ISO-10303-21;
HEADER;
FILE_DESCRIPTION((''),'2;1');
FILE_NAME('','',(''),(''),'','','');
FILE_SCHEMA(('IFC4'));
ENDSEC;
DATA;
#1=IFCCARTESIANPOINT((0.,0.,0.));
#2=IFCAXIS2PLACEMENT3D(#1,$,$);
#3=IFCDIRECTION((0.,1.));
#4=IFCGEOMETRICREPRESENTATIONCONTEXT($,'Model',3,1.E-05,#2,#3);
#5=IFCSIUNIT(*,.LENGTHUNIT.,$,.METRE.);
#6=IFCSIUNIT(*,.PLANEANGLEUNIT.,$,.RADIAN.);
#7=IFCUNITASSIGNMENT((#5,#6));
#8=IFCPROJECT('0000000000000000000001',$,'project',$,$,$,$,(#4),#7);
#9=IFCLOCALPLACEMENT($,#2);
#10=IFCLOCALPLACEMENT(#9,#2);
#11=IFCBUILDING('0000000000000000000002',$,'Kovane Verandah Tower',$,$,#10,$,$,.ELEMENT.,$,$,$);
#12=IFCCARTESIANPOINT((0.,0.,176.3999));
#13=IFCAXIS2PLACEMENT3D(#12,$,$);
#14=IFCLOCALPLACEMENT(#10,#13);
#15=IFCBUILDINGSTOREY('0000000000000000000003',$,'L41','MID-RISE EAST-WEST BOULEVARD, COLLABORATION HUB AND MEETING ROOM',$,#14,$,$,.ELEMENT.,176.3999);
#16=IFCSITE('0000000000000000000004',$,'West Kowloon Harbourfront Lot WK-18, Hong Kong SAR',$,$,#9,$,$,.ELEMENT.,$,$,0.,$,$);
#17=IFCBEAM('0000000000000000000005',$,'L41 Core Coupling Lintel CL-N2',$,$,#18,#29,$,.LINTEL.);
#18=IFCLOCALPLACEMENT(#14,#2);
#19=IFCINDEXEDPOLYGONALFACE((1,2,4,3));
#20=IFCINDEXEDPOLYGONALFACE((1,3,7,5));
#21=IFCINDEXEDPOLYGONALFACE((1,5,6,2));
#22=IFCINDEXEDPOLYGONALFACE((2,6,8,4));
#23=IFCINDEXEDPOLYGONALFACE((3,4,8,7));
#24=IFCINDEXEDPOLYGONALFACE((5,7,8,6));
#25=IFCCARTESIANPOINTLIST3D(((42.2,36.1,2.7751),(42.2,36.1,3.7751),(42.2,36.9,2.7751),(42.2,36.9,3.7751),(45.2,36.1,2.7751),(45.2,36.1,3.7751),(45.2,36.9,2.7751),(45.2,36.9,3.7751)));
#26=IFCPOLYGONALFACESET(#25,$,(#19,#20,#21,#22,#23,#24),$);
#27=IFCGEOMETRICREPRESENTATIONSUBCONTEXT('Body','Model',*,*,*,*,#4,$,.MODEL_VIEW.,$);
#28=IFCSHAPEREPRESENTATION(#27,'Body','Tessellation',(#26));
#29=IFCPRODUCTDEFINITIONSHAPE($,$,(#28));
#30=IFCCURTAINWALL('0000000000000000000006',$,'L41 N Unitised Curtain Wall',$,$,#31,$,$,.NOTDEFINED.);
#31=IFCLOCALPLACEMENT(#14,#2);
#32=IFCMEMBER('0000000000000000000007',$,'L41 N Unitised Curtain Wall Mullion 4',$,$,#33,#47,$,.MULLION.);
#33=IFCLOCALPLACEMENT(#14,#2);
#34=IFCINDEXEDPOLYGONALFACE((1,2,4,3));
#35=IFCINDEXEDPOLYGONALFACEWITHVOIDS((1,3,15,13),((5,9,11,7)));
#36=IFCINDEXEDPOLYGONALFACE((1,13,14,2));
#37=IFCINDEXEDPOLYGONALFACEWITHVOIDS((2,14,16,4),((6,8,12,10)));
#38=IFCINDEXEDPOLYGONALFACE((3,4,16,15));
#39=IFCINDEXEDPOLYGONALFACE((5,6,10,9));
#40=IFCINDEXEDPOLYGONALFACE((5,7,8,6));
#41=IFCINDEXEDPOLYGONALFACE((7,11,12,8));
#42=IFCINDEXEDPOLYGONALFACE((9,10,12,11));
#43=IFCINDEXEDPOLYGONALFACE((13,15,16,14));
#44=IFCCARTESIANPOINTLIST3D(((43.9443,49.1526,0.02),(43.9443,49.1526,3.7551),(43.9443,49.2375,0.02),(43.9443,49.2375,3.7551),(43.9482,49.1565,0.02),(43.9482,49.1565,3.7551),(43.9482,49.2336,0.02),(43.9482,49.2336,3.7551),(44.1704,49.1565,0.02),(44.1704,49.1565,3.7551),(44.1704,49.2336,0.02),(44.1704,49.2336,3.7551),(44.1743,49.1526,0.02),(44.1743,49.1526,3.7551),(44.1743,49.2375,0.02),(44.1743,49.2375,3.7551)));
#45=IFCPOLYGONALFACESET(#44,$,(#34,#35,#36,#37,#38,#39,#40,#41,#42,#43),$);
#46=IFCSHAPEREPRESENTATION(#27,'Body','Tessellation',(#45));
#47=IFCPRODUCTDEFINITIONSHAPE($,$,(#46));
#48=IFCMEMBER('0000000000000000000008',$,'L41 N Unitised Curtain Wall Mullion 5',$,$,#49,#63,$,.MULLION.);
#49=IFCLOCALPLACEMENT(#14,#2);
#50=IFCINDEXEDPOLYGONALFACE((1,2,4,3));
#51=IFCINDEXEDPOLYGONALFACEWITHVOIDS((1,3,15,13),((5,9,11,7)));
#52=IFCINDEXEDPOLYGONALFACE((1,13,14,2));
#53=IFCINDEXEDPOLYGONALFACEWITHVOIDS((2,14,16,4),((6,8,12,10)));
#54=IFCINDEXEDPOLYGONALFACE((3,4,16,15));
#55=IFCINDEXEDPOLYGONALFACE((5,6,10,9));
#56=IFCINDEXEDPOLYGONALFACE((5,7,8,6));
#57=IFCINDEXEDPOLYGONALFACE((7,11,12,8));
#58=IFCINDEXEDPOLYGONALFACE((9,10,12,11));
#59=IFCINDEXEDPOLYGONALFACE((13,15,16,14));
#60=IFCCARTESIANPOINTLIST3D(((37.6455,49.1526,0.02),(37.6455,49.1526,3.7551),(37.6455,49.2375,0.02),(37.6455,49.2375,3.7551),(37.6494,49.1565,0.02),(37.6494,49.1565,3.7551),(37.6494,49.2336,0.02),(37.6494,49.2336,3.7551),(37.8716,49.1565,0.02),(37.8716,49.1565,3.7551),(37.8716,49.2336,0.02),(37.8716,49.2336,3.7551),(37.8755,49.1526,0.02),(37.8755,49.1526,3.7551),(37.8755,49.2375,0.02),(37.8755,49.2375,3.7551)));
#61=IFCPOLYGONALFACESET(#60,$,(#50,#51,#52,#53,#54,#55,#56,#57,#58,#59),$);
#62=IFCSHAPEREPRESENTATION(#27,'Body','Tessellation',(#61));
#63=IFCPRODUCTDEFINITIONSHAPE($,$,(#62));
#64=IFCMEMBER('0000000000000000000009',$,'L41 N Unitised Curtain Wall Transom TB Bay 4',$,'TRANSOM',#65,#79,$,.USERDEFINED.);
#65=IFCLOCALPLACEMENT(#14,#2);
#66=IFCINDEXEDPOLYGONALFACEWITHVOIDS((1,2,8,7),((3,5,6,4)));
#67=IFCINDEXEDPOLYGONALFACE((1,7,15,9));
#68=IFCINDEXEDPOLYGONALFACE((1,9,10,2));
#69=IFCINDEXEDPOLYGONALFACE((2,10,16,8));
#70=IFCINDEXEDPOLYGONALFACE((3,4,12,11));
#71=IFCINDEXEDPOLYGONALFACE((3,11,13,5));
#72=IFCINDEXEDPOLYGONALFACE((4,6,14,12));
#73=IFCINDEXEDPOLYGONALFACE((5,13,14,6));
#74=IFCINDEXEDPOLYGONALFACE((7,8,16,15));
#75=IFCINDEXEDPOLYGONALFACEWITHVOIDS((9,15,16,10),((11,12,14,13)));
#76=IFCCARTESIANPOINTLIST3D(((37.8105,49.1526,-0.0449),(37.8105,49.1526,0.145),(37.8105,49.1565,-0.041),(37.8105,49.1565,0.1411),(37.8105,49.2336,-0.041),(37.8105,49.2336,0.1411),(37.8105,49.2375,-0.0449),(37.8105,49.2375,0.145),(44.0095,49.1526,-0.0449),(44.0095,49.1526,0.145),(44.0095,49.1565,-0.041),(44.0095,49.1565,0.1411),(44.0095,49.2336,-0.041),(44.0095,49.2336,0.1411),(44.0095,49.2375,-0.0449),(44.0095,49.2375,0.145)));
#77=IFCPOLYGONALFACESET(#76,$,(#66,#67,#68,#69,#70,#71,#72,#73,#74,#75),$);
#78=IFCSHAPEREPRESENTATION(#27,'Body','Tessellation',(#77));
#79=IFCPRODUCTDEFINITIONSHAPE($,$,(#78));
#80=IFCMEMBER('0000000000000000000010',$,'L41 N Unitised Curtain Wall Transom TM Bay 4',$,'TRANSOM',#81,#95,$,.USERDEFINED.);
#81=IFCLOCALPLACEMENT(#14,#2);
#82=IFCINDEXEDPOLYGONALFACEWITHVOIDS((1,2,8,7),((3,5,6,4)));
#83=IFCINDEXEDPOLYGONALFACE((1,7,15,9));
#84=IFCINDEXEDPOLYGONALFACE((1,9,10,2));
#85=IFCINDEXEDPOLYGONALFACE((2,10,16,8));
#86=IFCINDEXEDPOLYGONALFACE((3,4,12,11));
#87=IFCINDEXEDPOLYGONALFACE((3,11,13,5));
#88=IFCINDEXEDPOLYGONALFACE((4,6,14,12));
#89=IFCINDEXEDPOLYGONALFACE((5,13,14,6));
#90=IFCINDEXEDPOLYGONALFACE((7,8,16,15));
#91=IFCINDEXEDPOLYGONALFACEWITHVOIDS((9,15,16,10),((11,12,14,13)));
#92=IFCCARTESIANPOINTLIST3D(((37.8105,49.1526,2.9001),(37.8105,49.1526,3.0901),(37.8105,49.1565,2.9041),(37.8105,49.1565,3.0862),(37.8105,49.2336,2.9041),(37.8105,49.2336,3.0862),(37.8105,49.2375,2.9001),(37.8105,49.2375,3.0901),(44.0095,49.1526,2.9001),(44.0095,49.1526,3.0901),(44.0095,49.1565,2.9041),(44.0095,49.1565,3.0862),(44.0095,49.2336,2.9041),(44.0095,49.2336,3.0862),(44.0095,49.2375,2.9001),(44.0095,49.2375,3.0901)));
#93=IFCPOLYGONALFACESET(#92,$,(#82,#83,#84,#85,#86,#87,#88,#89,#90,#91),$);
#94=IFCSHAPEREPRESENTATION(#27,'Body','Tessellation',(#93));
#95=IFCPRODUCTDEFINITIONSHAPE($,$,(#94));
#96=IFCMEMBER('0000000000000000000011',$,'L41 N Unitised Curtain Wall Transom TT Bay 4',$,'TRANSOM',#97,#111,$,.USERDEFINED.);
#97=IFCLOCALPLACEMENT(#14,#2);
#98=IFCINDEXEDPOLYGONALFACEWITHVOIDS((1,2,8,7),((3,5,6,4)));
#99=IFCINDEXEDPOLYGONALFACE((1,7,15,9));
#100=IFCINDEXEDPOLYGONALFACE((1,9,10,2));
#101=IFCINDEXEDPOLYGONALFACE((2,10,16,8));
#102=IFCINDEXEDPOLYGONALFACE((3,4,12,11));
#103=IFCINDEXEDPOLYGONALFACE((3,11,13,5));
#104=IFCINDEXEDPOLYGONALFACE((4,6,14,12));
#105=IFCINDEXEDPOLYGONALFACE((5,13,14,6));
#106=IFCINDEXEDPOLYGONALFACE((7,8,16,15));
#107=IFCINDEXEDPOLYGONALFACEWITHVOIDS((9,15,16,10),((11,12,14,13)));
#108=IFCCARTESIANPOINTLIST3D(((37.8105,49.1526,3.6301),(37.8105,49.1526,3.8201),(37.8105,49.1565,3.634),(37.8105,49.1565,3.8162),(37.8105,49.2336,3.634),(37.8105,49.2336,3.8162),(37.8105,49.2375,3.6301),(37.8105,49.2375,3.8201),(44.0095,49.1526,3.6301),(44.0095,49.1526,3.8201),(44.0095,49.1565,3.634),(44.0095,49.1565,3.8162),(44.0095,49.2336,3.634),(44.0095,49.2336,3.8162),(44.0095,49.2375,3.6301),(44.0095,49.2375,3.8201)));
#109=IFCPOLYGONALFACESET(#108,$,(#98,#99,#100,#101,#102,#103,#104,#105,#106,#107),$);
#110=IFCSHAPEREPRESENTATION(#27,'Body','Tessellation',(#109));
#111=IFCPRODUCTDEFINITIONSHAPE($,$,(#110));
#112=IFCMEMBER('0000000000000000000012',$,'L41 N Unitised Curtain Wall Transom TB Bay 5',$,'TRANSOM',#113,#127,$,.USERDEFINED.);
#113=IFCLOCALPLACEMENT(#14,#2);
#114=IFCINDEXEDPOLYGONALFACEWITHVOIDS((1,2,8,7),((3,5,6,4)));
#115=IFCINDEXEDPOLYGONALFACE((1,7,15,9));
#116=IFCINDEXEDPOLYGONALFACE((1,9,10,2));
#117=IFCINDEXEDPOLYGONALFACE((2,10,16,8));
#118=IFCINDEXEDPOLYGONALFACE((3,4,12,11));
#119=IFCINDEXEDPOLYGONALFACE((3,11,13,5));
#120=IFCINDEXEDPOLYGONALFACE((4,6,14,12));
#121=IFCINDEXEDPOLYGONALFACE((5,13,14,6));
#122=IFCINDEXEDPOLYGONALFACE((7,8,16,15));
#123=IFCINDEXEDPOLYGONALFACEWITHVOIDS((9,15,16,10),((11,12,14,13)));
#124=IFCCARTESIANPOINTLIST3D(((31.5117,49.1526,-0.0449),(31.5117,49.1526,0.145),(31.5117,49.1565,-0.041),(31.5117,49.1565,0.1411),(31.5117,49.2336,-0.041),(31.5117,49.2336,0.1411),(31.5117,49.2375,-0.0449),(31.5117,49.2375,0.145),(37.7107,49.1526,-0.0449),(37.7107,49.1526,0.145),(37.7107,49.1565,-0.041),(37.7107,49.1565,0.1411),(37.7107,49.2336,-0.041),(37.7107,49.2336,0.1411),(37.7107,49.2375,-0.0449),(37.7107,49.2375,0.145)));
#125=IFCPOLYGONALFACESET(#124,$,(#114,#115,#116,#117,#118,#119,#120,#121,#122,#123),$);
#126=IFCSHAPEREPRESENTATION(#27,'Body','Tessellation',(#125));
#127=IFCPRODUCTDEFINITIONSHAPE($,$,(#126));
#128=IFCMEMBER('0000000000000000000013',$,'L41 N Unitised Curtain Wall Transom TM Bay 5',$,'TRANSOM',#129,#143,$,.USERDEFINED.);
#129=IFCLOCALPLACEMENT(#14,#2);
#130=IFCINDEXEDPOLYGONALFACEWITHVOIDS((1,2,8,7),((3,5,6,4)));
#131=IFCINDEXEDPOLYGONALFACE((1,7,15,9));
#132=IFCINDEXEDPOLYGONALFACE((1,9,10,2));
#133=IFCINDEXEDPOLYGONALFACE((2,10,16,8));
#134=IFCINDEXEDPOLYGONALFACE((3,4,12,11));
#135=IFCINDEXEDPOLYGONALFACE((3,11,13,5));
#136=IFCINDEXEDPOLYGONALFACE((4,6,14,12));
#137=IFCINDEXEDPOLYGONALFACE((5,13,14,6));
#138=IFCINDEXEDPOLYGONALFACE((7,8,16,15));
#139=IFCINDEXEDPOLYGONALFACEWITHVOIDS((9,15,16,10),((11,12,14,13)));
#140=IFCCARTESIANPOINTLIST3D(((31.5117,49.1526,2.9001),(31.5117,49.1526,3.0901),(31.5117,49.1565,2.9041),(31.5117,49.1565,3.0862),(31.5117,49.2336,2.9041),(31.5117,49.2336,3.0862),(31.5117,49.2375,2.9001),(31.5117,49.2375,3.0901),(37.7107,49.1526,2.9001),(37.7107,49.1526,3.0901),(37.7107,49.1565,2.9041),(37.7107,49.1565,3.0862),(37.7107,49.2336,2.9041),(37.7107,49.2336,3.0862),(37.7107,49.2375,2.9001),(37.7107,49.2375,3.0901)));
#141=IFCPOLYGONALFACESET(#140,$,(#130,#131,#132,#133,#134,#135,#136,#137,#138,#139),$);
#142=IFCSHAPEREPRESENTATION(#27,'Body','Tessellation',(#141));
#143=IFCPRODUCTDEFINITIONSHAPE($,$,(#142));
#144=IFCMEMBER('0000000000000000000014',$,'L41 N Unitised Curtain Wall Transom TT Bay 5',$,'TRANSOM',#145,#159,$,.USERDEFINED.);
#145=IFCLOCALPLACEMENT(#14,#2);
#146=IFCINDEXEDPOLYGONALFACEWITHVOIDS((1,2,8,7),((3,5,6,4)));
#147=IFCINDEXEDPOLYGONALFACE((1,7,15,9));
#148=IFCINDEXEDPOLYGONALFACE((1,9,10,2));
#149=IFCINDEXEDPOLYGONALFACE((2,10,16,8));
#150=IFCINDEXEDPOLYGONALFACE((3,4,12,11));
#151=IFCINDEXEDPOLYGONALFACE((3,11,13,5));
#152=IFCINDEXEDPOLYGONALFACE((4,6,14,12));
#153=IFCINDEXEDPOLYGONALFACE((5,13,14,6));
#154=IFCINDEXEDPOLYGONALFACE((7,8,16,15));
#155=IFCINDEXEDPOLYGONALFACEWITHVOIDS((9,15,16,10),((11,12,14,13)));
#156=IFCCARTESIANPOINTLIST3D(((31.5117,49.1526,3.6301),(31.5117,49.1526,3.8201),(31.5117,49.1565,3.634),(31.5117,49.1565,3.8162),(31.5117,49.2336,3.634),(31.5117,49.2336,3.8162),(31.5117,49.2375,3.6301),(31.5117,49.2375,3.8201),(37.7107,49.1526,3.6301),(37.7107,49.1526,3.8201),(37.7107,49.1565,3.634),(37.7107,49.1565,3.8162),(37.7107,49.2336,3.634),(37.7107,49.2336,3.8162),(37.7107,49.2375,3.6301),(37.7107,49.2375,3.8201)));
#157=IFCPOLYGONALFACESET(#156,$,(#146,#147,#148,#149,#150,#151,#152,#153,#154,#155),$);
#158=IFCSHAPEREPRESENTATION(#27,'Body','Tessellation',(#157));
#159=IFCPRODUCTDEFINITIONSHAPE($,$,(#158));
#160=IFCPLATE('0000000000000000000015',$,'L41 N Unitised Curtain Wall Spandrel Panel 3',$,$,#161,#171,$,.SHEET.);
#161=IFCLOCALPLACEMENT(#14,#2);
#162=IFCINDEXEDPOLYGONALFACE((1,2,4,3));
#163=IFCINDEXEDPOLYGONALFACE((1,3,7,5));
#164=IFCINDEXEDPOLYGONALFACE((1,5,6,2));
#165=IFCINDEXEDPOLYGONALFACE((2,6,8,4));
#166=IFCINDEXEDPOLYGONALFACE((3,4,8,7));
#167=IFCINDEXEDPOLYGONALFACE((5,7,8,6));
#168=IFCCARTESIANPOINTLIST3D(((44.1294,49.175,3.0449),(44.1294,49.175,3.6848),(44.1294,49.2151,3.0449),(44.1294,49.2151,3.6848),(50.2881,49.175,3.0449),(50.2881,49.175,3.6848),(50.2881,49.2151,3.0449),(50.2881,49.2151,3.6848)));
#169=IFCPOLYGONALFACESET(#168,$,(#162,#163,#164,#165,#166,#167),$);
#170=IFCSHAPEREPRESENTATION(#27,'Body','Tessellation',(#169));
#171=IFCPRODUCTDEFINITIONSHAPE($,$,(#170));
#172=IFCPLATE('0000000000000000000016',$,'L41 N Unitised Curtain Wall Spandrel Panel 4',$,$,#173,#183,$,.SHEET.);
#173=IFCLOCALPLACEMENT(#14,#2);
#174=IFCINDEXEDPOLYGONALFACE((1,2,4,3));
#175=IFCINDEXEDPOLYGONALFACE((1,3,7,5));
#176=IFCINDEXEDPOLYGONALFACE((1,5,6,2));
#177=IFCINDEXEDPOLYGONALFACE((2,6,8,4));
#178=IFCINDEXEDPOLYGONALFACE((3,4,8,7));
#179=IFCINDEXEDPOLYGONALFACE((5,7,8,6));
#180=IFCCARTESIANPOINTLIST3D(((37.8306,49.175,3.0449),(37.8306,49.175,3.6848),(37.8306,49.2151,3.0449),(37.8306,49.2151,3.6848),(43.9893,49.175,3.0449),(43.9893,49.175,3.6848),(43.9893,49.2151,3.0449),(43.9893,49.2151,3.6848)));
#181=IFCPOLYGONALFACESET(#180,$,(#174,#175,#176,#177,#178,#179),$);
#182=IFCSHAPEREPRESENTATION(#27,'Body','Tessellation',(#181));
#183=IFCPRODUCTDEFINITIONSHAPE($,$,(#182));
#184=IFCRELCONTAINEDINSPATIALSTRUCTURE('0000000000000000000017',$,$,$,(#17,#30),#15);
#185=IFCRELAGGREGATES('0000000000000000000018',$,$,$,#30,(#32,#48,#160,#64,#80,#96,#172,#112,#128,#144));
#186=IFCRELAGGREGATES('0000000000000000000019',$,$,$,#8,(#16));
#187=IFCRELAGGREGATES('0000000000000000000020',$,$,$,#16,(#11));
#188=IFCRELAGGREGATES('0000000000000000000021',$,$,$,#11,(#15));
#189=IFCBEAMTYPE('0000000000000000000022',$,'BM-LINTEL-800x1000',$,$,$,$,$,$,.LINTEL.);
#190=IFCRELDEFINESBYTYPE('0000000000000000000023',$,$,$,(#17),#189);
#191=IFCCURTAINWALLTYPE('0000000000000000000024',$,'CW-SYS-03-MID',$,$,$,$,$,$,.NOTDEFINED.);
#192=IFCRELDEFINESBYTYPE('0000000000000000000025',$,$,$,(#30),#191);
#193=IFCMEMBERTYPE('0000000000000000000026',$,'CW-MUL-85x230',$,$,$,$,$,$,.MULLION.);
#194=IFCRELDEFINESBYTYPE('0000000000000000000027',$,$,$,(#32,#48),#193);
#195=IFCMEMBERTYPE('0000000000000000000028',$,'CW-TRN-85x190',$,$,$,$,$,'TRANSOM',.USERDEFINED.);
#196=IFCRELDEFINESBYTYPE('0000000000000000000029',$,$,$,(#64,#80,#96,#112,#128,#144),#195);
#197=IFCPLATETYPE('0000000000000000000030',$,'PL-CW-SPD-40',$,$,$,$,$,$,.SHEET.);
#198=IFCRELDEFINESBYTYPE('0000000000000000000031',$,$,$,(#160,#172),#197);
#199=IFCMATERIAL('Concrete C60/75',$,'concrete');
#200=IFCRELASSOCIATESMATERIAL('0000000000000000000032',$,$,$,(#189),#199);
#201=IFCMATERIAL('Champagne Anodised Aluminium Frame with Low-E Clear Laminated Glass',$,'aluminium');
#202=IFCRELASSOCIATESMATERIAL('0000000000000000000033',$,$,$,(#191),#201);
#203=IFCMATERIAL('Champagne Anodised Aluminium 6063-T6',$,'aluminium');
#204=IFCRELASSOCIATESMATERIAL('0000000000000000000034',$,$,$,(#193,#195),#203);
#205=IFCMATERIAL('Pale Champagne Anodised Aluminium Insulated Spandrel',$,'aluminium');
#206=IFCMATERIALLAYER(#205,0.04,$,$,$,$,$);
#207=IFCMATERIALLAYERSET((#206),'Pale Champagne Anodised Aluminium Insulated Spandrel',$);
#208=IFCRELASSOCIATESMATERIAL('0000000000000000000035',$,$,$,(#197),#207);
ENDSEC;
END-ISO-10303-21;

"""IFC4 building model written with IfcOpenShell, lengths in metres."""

from ifc_helpers import new_model, si_unit, direction, frame, origin, origin_2d, place, context, subcontext, project, spatial, rectangle, hollow_rectangle, extrude, material, layer, layer_set, material_profile, profile_set, type_object, element, aggregate, save


model = new_model("IFC4")

# Units and contexts
model_context = context("Model", 3, precision=1e-05, world=origin(), true_north=direction((0.0, 1.0)))
body_context = subcontext(model_context, "Body", "Model", "MODEL_VIEW")
ifc_project = project(units=[si_unit("LENGTHUNIT", "METRE"), si_unit("PLANEANGLEUNIT", "RADIAN")], contexts=[model_context])

# Site, building, storey
site_placement = place(None, origin())
site = spatial("IfcSite", under=ifc_project, at=site_placement, Name="West Kowloon Harbourfront Lot WK-18, Hong Kong SAR", CompositionType="ELEMENT", RefElevation=0.0)
building_placement = place(site_placement, origin())
building = spatial("IfcBuilding", under=site, at=building_placement, Name="Kovane Verandah Tower", CompositionType="ELEMENT")
storey_placement = place(building_placement, frame((0.0, 0.0, 176.3999)))
storey = spatial("IfcBuildingStorey", under=building, at=storey_placement, Name="L41", Description="MID-RISE EAST-WEST BOULEVARD, COLLABORATION HUB AND MEETING ROOM", CompositionType="ELEMENT", Elevation=176.3999)

# Beam
ifc_material_1 = material(Name="Concrete C60/75", Category="concrete")
ifc_material_profile_1 = material_profile(ifc_material_1, rectangle(XDim=0.8, YDim=1.0, at=origin_2d()), Name="RCB800x1000")
ifc_profile_set_1 = profile_set([ifc_material_profile_1], Name="Concrete C60/75")
beam_type = type_object("IfcBeamType", Name="BM-LINTEL-800x1000", PredefinedType="LINTEL", material=ifc_profile_set_1)
beam_placement = place(storey_placement, frame((42.2, 36.5, 3.2751), z_axis=(1.0, 0.0, 0.0), x_axis=(0.0, 1.0, 0.0)))
element("IfcBeam", 1, at=beam_placement, inside=storey, type_object=beam_type, Name="L41 Core Coupling Lintel CL-N2", PredefinedType="LINTEL", context=body_context, shape_type="SweptSolid", body=[
    extrude(rectangle(XDim=0.8, YDim=1.0, at=origin_2d()), origin(), (0.0, 0.0, 1.0), 3.0),
])

# Curtain wall, members, plates
ifc_material_2 = material(Name="Champagne Anodised Aluminium Frame with Low-E Clear Laminated Glass", Category="aluminium")
curtain_wall_type = type_object("IfcCurtainWallType", Name="CW-SYS-03-MID", PredefinedType="NOTDEFINED", material=ifc_material_2)
curtain_wall_placement = place(storey_placement, origin())
curtain_wall = element("IfcCurtainWall", 2, at=curtain_wall_placement, inside=storey, type_object=curtain_wall_type, Name="L41 N Unitised Curtain Wall", PredefinedType="NOTDEFINED")
ifc_material_3 = material(Name="Champagne Anodised Aluminium 6063-T6", Category="aluminium")
ifc_material_profile_2 = material_profile(ifc_material_3, hollow_rectangle(XDim=0.085, YDim=0.23, WallThickness=0.0039, at=origin_2d()), Name="AL85x230x4")
ifc_profile_set_2 = profile_set([ifc_material_profile_2], Name="Champagne Anodised Aluminium 6063-T6")
member_type_1 = type_object("IfcMemberType", Name="CW-MUL-85x230", PredefinedType="MULLION", material=ifc_profile_set_2)
member_1_placement = place(storey_placement, frame((44.0593, 49.1951, 0.02), z_axis=(0.0, 0.0, 1.0), x_axis=(0.0, 1.0, 0.0)))
member_1 = element("IfcMember", 3, at=member_1_placement, type_object=member_type_1, Name="L41 N Unitised Curtain Wall Mullion 4", PredefinedType="MULLION", context=body_context, shape_type="SweptSolid", body=[
    extrude(hollow_rectangle(XDim=0.085, YDim=0.23, WallThickness=0.0039, at=origin_2d()), origin(), (0.0, 0.0, 1.0), 3.7351),
])
member_2_placement = place(storey_placement, frame((37.7605, 49.1951, 0.02), z_axis=(0.0, 0.0, 1.0), x_axis=(0.0, 1.0, 0.0)))
member_2 = element("IfcMember", 4, at=member_2_placement, type_object=member_type_1, Name="L41 N Unitised Curtain Wall Mullion 5", PredefinedType="MULLION", context=body_context, shape_type="SweptSolid", body=[
    extrude(hollow_rectangle(XDim=0.085, YDim=0.23, WallThickness=0.0039, at=origin_2d()), origin(), (0.0, 0.0, 1.0), 3.7351),
])
ifc_material_profile_3 = material_profile(ifc_material_3, hollow_rectangle(XDim=0.085, YDim=0.1899, WallThickness=0.0039, at=origin_2d()), Name="AL85x190x4")
ifc_profile_set_3 = profile_set([ifc_material_profile_3], Name="Champagne Anodised Aluminium 6063-T6")
member_type_2 = type_object("IfcMemberType", Name="CW-TRN-85x190", ElementType="TRANSOM", PredefinedType="USERDEFINED", material=ifc_profile_set_3)
member_3_placement = place(storey_placement, frame((44.0095, 49.1951, 0.05), z_axis=(-1.0, 0.0, 0.0), x_axis=(0.0, -1.0, 0.0)))
member_3 = element("IfcMember", 5, at=member_3_placement, type_object=member_type_2, Name="L41 N Unitised Curtain Wall Transom TB Bay 4", ObjectType="TRANSOM", PredefinedType="USERDEFINED", context=body_context, shape_type="SweptSolid", body=[
    extrude(hollow_rectangle(XDim=0.085, YDim=0.1899, WallThickness=0.0039, at=origin_2d()), origin(), (0.0, 0.0, 1.0), 6.199),
])
member_4_placement = place(storey_placement, frame((44.0095, 49.1951, 2.9951), z_axis=(-1.0, 0.0, 0.0), x_axis=(0.0, -1.0, 0.0)))
member_4 = element("IfcMember", 6, at=member_4_placement, type_object=member_type_2, Name="L41 N Unitised Curtain Wall Transom TM Bay 4", ObjectType="TRANSOM", PredefinedType="USERDEFINED", context=body_context, shape_type="SweptSolid", body=[
    extrude(hollow_rectangle(XDim=0.085, YDim=0.1899, WallThickness=0.0039, at=origin_2d()), origin(), (0.0, 0.0, 1.0), 6.199),
])
member_5_placement = place(storey_placement, frame((44.0095, 49.1951, 3.7251), z_axis=(-1.0, 0.0, 0.0), x_axis=(0.0, -1.0, 0.0)))
member_5 = element("IfcMember", 7, at=member_5_placement, type_object=member_type_2, Name="L41 N Unitised Curtain Wall Transom TT Bay 4", ObjectType="TRANSOM", PredefinedType="USERDEFINED", context=body_context, shape_type="SweptSolid", body=[
    extrude(hollow_rectangle(XDim=0.085, YDim=0.1899, WallThickness=0.0039, at=origin_2d()), origin(), (0.0, 0.0, 1.0), 6.199),
])
member_6_placement = place(storey_placement, frame((37.7107, 49.1951, 0.05), z_axis=(-1.0, 0.0, 0.0), x_axis=(0.0, -1.0, 0.0)))
member_6 = element("IfcMember", 8, at=member_6_placement, type_object=member_type_2, Name="L41 N Unitised Curtain Wall Transom TB Bay 5", ObjectType="TRANSOM", PredefinedType="USERDEFINED", context=body_context, shape_type="SweptSolid", body=[
    extrude(hollow_rectangle(XDim=0.085, YDim=0.1899, WallThickness=0.0039, at=origin_2d()), origin(), (0.0, 0.0, 1.0), 6.199),
])
member_7_placement = place(storey_placement, frame((37.7107, 49.1951, 2.9951), z_axis=(-1.0, 0.0, 0.0), x_axis=(0.0, -1.0, 0.0)))
member_7 = element("IfcMember", 9, at=member_7_placement, type_object=member_type_2, Name="L41 N Unitised Curtain Wall Transom TM Bay 5", ObjectType="TRANSOM", PredefinedType="USERDEFINED", context=body_context, shape_type="SweptSolid", body=[
    extrude(hollow_rectangle(XDim=0.085, YDim=0.1899, WallThickness=0.0039, at=origin_2d()), origin(), (0.0, 0.0, 1.0), 6.199),
])
member_8_placement = place(storey_placement, frame((37.7107, 49.1951, 3.7251), z_axis=(-1.0, 0.0, 0.0), x_axis=(0.0, -1.0, 0.0)))
member_8 = element("IfcMember", 10, at=member_8_placement, type_object=member_type_2, Name="L41 N Unitised Curtain Wall Transom TT Bay 5", ObjectType="TRANSOM", PredefinedType="USERDEFINED", context=body_context, shape_type="SweptSolid", body=[
    extrude(hollow_rectangle(XDim=0.085, YDim=0.1899, WallThickness=0.0039, at=origin_2d()), origin(), (0.0, 0.0, 1.0), 6.199),
])
ifc_material_4 = material(Name="Pale Champagne Anodised Aluminium Insulated Spandrel", Category="aluminium")
ifc_layer_1 = layer(ifc_material_4, 0.04)
ifc_layer_set_1 = layer_set([ifc_layer_1], Name="Pale Champagne Anodised Aluminium Insulated Spandrel")
plate_type_1 = type_object("IfcPlateType", Name="PL-CW-SPD-40", PredefinedType="SHEET", material=ifc_layer_set_1)
plate_1_placement = place(storey_placement, frame((47.2087, 49.1951, 3.0449), z_axis=(0.0, 0.0, 1.0), x_axis=(-1.0, 0.0, 0.0)))
plate_1 = element("IfcPlate", 11, at=plate_1_placement, type_object=plate_type_1, Name="L41 N Unitised Curtain Wall Spandrel Panel 3", PredefinedType="SHEET", context=body_context, shape_type="SweptSolid", body=[
    extrude(rectangle(XDim=6.1587, YDim=0.04, at=origin_2d()), origin(), (0.0, 0.0, 1.0), 0.6399),
])
plate_2_placement = place(storey_placement, frame((40.9099, 49.1951, 3.0449), z_axis=(0.0, 0.0, 1.0), x_axis=(-1.0, 0.0, 0.0)))
plate_2 = element("IfcPlate", 12, at=plate_2_placement, type_object=plate_type_1, Name="L41 N Unitised Curtain Wall Spandrel Panel 4", PredefinedType="SHEET", context=body_context, shape_type="SweptSolid", body=[
    extrude(rectangle(XDim=6.1587, YDim=0.04, at=origin_2d()), origin(), (0.0, 0.0, 1.0), 0.6399),
])
aggregate(curtain_wall, [member_1, member_2, plate_1, member_3, member_4, member_5, plate_2, member_6, member_7, member_8])

save(model, "model.ifc")
